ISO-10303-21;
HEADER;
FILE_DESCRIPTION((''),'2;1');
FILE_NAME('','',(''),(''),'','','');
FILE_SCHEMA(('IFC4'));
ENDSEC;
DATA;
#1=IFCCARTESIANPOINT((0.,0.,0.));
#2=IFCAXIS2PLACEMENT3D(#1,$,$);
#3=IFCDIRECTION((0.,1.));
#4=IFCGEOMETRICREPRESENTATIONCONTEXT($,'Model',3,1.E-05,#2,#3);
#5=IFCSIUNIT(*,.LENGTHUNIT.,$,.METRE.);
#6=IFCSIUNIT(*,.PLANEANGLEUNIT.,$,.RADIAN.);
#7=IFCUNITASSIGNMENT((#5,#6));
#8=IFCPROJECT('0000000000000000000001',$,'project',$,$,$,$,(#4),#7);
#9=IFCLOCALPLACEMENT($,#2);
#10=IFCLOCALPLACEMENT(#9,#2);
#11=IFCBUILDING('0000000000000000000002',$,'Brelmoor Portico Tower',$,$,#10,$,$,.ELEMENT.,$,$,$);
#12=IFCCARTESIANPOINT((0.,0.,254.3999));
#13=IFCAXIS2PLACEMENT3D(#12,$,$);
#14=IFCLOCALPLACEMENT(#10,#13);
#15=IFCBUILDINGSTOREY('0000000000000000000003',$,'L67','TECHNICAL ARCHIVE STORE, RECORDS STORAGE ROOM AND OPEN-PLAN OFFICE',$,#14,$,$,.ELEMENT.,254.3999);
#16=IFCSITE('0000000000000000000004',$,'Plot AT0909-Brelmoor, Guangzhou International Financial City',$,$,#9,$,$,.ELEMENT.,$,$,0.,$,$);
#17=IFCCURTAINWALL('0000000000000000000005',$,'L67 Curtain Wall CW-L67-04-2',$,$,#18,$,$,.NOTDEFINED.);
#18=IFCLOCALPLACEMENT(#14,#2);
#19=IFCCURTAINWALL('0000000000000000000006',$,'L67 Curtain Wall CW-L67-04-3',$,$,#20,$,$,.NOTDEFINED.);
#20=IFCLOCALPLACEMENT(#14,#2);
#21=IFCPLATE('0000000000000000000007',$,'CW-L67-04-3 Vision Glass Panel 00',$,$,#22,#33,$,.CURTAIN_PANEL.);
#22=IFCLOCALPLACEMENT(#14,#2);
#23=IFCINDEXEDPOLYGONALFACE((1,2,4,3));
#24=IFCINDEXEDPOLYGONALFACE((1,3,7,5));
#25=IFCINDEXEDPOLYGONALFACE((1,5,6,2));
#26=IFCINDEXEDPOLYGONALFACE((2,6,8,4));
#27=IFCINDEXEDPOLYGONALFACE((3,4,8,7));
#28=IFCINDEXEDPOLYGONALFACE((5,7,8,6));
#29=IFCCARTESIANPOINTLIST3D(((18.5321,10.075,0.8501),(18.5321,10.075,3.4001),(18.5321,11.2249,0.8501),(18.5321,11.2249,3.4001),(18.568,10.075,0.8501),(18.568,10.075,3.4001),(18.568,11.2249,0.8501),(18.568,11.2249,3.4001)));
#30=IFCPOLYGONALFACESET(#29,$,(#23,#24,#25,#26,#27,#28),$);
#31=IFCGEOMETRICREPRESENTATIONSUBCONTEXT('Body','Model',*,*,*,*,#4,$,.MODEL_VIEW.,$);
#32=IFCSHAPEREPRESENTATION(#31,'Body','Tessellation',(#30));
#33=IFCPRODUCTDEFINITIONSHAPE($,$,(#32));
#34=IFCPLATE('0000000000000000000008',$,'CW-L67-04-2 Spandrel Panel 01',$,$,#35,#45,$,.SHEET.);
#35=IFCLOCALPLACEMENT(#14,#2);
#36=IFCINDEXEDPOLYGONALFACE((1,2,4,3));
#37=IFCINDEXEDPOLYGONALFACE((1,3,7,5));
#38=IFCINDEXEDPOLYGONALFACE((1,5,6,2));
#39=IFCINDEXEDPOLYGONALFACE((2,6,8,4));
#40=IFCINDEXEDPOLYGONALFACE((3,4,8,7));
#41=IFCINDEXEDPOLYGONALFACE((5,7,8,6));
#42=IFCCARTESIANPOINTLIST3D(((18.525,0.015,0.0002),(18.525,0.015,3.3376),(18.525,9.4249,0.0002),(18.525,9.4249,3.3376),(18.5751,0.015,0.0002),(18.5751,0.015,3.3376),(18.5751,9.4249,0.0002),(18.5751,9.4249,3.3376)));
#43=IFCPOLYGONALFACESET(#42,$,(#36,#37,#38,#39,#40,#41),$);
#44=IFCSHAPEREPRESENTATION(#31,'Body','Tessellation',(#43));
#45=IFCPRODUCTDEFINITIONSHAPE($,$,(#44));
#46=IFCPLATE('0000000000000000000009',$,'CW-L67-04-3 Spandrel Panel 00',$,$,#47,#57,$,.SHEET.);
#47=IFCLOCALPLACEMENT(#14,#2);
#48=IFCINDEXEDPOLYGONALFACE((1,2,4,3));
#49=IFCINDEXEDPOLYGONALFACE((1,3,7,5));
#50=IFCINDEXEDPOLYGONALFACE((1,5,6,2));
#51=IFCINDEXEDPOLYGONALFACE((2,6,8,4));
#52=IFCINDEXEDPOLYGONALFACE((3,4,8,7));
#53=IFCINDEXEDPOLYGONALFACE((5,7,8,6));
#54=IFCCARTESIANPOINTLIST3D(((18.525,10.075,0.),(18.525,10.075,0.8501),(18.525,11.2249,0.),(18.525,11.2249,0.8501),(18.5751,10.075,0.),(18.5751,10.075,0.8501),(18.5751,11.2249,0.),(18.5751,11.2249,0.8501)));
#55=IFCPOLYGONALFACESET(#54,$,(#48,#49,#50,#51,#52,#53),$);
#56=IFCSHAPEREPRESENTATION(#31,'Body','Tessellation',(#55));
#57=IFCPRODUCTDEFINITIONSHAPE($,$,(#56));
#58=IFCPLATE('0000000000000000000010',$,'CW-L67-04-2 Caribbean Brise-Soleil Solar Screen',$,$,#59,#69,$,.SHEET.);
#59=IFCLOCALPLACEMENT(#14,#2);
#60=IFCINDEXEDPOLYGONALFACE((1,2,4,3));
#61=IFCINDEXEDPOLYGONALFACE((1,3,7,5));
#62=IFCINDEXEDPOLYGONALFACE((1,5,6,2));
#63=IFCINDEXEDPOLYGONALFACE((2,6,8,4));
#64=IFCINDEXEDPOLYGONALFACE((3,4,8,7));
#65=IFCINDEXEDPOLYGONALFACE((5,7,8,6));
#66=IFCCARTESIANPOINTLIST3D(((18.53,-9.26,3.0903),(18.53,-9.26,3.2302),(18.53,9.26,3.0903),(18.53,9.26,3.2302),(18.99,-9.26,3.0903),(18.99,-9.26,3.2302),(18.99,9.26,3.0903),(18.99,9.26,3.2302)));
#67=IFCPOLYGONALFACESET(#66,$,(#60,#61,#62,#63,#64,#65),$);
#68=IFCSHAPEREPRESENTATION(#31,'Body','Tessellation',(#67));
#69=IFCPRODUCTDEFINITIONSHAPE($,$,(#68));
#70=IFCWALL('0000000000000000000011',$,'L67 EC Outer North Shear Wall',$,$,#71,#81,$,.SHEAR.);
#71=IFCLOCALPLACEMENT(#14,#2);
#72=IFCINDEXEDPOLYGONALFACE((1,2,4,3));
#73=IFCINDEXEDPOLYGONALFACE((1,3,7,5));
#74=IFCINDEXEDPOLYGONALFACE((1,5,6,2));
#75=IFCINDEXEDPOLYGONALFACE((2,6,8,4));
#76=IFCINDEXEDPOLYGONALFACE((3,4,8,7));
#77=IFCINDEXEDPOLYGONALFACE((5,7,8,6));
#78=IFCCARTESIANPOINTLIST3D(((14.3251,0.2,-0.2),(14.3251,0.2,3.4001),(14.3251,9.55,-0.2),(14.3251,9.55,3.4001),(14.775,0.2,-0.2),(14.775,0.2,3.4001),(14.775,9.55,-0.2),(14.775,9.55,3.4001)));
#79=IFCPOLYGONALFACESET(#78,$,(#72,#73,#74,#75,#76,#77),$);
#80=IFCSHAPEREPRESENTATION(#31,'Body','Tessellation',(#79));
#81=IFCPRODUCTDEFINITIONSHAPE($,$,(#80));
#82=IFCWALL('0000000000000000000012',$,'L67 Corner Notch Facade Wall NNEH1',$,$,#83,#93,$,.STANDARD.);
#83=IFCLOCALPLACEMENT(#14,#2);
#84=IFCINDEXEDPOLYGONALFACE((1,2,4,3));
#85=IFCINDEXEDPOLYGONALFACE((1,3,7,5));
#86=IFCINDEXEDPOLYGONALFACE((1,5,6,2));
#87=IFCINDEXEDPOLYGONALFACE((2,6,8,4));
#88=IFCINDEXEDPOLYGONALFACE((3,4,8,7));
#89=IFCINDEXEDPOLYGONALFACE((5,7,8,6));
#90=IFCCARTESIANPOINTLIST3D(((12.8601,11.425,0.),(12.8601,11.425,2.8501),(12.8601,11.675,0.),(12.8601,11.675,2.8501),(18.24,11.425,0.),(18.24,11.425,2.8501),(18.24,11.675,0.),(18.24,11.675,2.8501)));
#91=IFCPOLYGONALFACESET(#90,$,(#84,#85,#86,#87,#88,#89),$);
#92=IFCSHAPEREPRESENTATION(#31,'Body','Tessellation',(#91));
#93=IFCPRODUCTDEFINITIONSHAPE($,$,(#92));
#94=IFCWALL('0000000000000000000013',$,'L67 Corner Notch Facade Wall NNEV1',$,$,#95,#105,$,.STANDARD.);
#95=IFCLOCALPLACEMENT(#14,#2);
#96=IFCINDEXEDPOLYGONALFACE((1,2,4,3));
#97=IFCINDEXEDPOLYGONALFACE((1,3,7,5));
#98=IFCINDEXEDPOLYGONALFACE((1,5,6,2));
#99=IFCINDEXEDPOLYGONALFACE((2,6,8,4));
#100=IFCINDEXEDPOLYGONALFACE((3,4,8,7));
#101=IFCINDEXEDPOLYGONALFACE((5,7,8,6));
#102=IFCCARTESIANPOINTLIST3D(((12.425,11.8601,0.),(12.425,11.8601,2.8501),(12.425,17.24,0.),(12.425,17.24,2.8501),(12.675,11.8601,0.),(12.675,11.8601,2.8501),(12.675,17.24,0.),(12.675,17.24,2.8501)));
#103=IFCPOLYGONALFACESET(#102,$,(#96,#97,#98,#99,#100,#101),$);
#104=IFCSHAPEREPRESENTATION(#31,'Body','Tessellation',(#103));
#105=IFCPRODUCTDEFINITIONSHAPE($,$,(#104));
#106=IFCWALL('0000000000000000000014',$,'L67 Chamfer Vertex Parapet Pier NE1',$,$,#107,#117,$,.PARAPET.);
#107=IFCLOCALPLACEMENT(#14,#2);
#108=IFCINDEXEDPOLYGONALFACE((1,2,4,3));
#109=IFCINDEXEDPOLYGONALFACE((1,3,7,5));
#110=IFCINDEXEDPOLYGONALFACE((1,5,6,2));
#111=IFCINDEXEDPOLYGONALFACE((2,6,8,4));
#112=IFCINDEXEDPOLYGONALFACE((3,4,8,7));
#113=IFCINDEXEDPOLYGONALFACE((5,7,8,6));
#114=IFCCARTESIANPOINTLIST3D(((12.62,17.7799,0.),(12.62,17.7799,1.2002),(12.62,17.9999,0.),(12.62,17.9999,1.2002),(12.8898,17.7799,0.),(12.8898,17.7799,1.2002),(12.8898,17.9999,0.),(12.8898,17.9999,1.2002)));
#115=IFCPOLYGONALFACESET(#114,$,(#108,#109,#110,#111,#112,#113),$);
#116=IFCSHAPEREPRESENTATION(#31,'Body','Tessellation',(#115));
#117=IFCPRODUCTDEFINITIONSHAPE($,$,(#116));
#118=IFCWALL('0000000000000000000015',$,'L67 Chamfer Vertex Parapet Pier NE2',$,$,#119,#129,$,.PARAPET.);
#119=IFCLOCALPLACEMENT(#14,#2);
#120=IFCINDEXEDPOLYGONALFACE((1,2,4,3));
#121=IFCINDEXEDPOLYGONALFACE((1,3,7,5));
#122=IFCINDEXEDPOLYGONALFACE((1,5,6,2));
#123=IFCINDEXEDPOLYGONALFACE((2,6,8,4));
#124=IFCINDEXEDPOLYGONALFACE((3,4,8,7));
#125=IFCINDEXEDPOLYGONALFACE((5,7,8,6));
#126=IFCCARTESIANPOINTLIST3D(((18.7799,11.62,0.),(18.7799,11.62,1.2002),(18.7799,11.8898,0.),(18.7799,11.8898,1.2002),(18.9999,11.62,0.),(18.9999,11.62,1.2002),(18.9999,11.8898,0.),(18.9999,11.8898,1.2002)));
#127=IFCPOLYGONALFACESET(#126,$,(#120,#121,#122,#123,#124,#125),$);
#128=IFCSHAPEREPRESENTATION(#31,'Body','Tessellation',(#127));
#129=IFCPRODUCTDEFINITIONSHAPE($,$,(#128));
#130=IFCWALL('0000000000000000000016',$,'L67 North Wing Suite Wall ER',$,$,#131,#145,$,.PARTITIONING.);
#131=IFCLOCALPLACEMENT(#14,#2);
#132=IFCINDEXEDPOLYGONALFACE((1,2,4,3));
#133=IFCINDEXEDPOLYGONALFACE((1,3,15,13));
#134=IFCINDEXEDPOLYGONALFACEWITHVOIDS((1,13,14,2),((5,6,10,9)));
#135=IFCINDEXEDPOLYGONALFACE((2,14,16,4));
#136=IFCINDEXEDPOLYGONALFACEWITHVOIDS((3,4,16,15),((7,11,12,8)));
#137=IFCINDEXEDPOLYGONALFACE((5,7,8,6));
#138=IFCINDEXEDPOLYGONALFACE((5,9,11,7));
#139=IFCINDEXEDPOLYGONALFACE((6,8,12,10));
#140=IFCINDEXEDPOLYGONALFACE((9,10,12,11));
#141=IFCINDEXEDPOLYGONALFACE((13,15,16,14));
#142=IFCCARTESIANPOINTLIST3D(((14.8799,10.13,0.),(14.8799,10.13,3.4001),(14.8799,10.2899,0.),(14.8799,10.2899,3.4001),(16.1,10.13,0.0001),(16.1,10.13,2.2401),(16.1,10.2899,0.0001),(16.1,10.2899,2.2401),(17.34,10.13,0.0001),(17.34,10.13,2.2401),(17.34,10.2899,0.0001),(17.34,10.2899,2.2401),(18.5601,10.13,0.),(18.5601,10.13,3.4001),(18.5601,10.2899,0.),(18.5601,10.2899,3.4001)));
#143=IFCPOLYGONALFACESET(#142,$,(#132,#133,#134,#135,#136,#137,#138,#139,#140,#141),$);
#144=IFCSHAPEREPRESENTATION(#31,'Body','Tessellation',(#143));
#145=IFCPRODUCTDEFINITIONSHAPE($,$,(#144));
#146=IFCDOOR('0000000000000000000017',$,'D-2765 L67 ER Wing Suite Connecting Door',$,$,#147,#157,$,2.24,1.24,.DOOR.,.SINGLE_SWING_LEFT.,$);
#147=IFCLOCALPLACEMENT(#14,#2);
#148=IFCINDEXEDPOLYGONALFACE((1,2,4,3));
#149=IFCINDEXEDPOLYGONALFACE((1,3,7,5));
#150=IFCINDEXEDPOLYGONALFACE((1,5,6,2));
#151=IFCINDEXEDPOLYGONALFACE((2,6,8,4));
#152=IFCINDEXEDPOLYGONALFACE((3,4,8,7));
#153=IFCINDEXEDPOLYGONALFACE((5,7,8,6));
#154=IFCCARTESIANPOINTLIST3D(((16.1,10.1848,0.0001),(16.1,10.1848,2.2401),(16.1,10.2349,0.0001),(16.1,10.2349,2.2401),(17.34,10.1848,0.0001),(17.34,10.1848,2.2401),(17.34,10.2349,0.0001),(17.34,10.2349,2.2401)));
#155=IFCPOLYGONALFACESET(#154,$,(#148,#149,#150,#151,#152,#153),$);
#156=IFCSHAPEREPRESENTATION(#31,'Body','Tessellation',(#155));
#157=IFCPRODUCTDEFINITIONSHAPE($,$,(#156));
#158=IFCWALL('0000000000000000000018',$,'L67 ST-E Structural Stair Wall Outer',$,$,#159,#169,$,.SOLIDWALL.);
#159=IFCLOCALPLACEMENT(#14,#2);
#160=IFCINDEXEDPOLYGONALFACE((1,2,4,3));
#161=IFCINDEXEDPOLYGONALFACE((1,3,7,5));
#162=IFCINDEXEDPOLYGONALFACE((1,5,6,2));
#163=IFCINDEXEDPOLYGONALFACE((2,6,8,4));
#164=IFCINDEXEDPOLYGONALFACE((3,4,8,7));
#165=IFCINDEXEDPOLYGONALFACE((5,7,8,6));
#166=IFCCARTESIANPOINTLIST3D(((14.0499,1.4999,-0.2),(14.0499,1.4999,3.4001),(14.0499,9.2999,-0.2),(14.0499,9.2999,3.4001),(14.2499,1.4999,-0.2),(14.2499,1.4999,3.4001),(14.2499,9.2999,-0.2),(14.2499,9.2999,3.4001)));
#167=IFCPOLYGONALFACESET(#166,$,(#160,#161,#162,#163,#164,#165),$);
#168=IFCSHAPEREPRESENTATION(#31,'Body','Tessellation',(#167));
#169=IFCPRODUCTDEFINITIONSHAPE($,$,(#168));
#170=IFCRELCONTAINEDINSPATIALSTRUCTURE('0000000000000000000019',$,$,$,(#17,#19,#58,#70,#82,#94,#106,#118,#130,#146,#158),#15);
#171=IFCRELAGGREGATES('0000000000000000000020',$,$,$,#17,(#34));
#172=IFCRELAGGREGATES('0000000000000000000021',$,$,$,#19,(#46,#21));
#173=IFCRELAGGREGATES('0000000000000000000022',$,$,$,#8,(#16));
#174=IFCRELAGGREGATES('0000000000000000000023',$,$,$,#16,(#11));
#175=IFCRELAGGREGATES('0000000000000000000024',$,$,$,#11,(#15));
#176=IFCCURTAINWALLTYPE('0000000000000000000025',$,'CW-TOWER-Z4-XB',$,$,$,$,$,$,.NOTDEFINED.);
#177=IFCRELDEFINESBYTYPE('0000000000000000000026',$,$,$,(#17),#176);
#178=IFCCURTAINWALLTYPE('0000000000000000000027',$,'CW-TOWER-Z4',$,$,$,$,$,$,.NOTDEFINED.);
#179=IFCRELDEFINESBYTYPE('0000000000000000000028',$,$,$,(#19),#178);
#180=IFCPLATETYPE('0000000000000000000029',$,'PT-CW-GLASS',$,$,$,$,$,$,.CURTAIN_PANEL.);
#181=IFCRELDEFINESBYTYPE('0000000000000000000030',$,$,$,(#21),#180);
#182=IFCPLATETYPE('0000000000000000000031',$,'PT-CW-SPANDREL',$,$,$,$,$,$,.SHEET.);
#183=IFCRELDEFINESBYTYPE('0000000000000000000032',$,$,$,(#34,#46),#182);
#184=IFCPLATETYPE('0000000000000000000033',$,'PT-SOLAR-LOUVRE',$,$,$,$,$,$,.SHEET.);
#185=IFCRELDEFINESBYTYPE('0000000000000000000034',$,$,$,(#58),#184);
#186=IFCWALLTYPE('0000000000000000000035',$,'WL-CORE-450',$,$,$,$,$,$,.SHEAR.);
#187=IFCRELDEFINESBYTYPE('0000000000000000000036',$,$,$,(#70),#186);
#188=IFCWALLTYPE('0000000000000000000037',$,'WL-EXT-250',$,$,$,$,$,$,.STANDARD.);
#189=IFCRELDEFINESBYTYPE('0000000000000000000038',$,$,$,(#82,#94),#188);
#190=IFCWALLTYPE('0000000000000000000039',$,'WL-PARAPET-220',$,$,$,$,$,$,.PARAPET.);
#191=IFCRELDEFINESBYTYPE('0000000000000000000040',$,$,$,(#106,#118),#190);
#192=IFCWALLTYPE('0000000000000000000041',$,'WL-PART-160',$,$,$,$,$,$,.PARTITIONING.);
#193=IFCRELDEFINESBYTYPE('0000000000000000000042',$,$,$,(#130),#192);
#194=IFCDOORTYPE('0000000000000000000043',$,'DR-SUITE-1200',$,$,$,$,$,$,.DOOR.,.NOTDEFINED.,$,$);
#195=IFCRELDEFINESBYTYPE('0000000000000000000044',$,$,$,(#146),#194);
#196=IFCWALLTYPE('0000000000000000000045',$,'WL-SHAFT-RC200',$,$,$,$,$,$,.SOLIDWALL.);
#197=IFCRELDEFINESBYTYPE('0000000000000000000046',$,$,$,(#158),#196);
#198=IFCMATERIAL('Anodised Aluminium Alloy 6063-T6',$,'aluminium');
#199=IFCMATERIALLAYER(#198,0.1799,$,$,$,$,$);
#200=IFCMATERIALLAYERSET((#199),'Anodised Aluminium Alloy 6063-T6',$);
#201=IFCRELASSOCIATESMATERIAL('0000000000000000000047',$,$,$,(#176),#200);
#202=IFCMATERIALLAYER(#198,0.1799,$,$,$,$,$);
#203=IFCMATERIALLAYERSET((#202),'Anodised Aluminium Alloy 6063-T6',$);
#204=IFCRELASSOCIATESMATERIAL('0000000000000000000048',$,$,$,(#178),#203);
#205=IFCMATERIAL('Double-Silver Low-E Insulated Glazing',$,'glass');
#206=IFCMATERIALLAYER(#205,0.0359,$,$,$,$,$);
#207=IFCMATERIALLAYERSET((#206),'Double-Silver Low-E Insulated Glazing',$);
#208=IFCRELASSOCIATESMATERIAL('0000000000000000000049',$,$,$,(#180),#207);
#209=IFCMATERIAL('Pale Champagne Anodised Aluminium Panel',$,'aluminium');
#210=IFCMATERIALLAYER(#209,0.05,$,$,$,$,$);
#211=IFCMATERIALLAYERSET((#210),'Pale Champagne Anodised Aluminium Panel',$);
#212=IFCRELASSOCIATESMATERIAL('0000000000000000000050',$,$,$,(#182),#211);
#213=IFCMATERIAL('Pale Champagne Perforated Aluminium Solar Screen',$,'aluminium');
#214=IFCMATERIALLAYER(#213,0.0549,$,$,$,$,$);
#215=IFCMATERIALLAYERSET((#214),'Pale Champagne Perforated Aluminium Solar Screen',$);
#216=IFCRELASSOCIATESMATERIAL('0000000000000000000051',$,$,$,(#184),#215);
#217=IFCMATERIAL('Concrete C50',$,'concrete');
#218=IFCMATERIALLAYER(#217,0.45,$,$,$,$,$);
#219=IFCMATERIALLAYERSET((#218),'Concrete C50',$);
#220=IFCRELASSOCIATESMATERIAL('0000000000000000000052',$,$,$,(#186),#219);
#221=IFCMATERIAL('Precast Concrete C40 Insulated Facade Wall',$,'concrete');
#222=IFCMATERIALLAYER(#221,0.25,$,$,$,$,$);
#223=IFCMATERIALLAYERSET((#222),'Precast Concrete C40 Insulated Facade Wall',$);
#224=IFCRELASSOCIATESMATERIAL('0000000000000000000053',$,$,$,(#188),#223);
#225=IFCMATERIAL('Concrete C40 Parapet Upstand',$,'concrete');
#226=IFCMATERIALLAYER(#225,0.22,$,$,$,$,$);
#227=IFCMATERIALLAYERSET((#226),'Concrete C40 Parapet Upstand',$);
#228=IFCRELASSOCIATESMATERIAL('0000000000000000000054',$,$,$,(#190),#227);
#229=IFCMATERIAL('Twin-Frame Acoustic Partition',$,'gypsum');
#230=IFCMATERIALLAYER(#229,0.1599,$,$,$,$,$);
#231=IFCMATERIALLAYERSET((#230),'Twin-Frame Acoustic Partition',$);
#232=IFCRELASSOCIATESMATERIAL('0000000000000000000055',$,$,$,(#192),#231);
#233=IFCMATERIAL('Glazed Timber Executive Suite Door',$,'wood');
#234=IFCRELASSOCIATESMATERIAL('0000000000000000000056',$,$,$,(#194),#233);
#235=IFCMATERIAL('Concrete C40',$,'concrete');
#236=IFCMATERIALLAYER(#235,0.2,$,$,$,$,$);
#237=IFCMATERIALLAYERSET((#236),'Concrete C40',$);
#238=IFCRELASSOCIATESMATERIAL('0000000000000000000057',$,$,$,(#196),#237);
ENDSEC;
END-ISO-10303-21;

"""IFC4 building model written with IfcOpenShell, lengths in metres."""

from ifc_helpers import new_model, si_unit, direction, frame, frame_2d, origin, origin_2d, place, context, subcontext, project, spatial, rectangle, extrude, material, layer, layer_set, type_object, element, fill, aggregate, save


model = new_model("IFC4")

# Units and contexts
model_context = context("Model", 3, precision=1e-05, world=origin(), true_north=direction((0.0, 1.0)))
body_context = subcontext(model_context, "Body", "Model", "MODEL_VIEW")
ifc_project = project(units=[si_unit("LENGTHUNIT", "METRE"), si_unit("PLANEANGLEUNIT", "RADIAN")], contexts=[model_context])

# Site, building, storey
site_placement = place(None, origin())
site = spatial("IfcSite", under=ifc_project, at=site_placement, Name="Plot AT0909-Brelmoor, Guangzhou International Financial City", CompositionType="ELEMENT", RefElevation=0.0)
building_placement = place(site_placement, origin())
building = spatial("IfcBuilding", under=site, at=building_placement, Name="Brelmoor Portico Tower", CompositionType="ELEMENT")
storey_placement = place(building_placement, frame((0.0, 0.0, 254.3999)))
storey = spatial("IfcBuildingStorey", under=building, at=storey_placement, Name="L67", Description="TECHNICAL ARCHIVE STORE, RECORDS STORAGE ROOM AND OPEN-PLAN OFFICE", CompositionType="ELEMENT", Elevation=254.3999)

# Shared definitions
ifc_material_1 = material(Name="Anodised Aluminium Alloy 6063-T6", Category="aluminium")
ifc_layer_1 = layer(ifc_material_1, 0.1799)
ifc_layer_set_1 = layer_set([ifc_layer_1], Name="Anodised Aluminium Alloy 6063-T6")
curtain_wall_type_1 = type_object("IfcCurtainWallType", Name="CW-TOWER-Z4-XB", PredefinedType="NOTDEFINED", material=ifc_layer_set_1)

# Curtain walls
curtain_wall_1_placement = place(storey_placement, origin())
curtain_wall_1 = element("IfcCurtainWall", 1, at=curtain_wall_1_placement, inside=storey, type_object=curtain_wall_type_1, Name="L67 Curtain Wall CW-L67-04-2", PredefinedType="NOTDEFINED")
ifc_layer_2 = layer(ifc_material_1, 0.1799)
ifc_layer_set_2 = layer_set([ifc_layer_2], Name="Anodised Aluminium Alloy 6063-T6")
curtain_wall_type_2 = type_object("IfcCurtainWallType", Name="CW-TOWER-Z4", PredefinedType="NOTDEFINED", material=ifc_layer_set_2)
curtain_wall_2_placement = place(storey_placement, origin())
curtain_wall_2 = element("IfcCurtainWall", 2, at=curtain_wall_2_placement, inside=storey, type_object=curtain_wall_type_2, Name="L67 Curtain Wall CW-L67-04-3", PredefinedType="NOTDEFINED")

# Plates
ifc_material_2 = material(Name="Double-Silver Low-E Insulated Glazing", Category="glass")
ifc_layer_3 = layer(ifc_material_2, 0.0359)
ifc_layer_set_3 = layer_set([ifc_layer_3], Name="Double-Silver Low-E Insulated Glazing")
plate_type_1 = type_object("IfcPlateType", Name="PT-CW-GLASS", PredefinedType="CURTAIN_PANEL", material=ifc_layer_set_3)
plate_1_placement = place(storey_placement, frame((18.55, 10.6499, 0.8501), z_axis=(0.0, 0.0, 1.0), x_axis=(0.0, 1.0, 0.0)))
plate_1 = element("IfcPlate", 3, at=plate_1_placement, type_object=plate_type_1, Name="CW-L67-04-3 Vision Glass Panel 00", PredefinedType="CURTAIN_PANEL", context=body_context, shape_type="SweptSolid", body=[
    extrude(rectangle(XDim=1.1499, YDim=0.0359, at=origin_2d()), origin(), (0.0, 0.0, 1.0), 2.55),
])
ifc_material_3 = material(Name="Pale Champagne Anodised Aluminium Panel", Category="aluminium")
ifc_layer_4 = layer(ifc_material_3, 0.05)
ifc_layer_set_4 = layer_set([ifc_layer_4], Name="Pale Champagne Anodised Aluminium Panel")
plate_type_2 = type_object("IfcPlateType", Name="PT-CW-SPANDREL", PredefinedType="SHEET", material=ifc_layer_set_4)
plate_2_placement = place(storey_placement, frame((18.55, 4.72, 0.0002), z_axis=(0.0, 0.0, 1.0), x_axis=(0.0, 1.0, 0.0)))
plate_2 = element("IfcPlate", 4, at=plate_2_placement, type_object=plate_type_2, Name="CW-L67-04-2 Spandrel Panel 01", PredefinedType="SHEET", context=body_context, shape_type="SweptSolid", body=[
    extrude(rectangle(XDim=9.4099, YDim=0.05, at=origin_2d()), origin(), (0.0, 0.0, 1.0), 3.3374),
])
aggregate(curtain_wall_1, [plate_2])
plate_3_placement = place(storey_placement, frame((18.55, 10.6499, 0.0), z_axis=(0.0, 0.0, 1.0), x_axis=(0.0, 1.0, 0.0)))
plate_3 = element("IfcPlate", 5, at=plate_3_placement, type_object=plate_type_2, Name="CW-L67-04-3 Spandrel Panel 00", PredefinedType="SHEET", context=body_context, shape_type="SweptSolid", body=[
    extrude(rectangle(XDim=1.1499, YDim=0.05, at=origin_2d()), origin(), (0.0, 0.0, 1.0), 0.8501),
])
aggregate(curtain_wall_2, [plate_3, plate_1])
ifc_material_4 = material(Name="Pale Champagne Perforated Aluminium Solar Screen", Category="aluminium")
ifc_layer_5 = layer(ifc_material_4, 0.0549)
ifc_layer_set_5 = layer_set([ifc_layer_5], Name="Pale Champagne Perforated Aluminium Solar Screen")
plate_type_3 = type_object("IfcPlateType", Name="PT-SOLAR-LOUVRE", PredefinedType="SHEET", material=ifc_layer_set_5)
plate_4_placement = place(storey_placement, frame((18.76, 0.0, 3.0903), z_axis=(0.0, 0.0, 1.0), x_axis=(0.0, 1.0, 0.0)))
element("IfcPlate", 6, at=plate_4_placement, inside=storey, type_object=plate_type_3, Name="CW-L67-04-2 Caribbean Brise-Soleil Solar Screen", PredefinedType="SHEET", context=body_context, shape_type="SweptSolid", body=[
    extrude(rectangle(XDim=18.52, YDim=0.46, at=origin_2d()), origin(), (0.0, 0.0, 1.0), 0.1399),
])

# Walls
ifc_material_5 = material(Name="Concrete C50", Category="concrete")
ifc_layer_6 = layer(ifc_material_5, 0.45)
ifc_layer_set_6 = layer_set([ifc_layer_6], Name="Concrete C50")
wall_type_1 = type_object("IfcWallType", Name="WL-CORE-450", PredefinedType="SHEAR", material=ifc_layer_set_6)
wall_1_placement = place(storey_placement, frame((14.55, 0.2, -0.2), z_axis=(0.0, 0.0, 1.0), x_axis=(0.0, 1.0, 0.0)))
element("IfcWall", 7, at=wall_1_placement, inside=storey, type_object=wall_type_1, Name="L67 EC Outer North Shear Wall", PredefinedType="SHEAR", context=body_context, shape_type="SweptSolid", body=[
    extrude(rectangle(XDim=9.3501, YDim=0.45, at=frame_2d((4.675, 0.0))), origin(), (0.0, 0.0, 1.0), 3.6001),
])
ifc_material_6 = material(Name="Precast Concrete C40 Insulated Facade Wall", Category="concrete")
ifc_layer_7 = layer(ifc_material_6, 0.25)
ifc_layer_set_7 = layer_set([ifc_layer_7], Name="Precast Concrete C40 Insulated Facade Wall")
wall_type_2 = type_object("IfcWallType", Name="WL-EXT-250", PredefinedType="STANDARD", material=ifc_layer_set_7)
for number, where, z_axis, x_axis, name in (
    (8, (12.8601, 11.55, 0.0), (0.0, 0.0, 1.0), (1.0, 0.0, 0.0), "L67 Corner Notch Facade Wall NNEH1"),
    (9, (12.55, 11.8601, 0.0), (0.0, 0.0, 1.0), (0.0, 1.0, 0.0), "L67 Corner Notch Facade Wall NNEV1"),
):
    element("IfcWall", number, at=place(storey_placement, frame(where, z_axis=z_axis, x_axis=x_axis)), inside=storey, type_object=wall_type_2, Name=name, PredefinedType="STANDARD", context=body_context, shape_type="SweptSolid", body=[
        extrude(rectangle(XDim=5.3799, YDim=0.25, at=frame_2d((2.6899, 0.0))), origin(), (0.0, 0.0, 1.0), 2.8501),
    ])
ifc_material_7 = material(Name="Concrete C40 Parapet Upstand", Category="concrete")
ifc_layer_8 = layer(ifc_material_7, 0.22)
ifc_layer_set_8 = layer_set([ifc_layer_8], Name="Concrete C40 Parapet Upstand")
wall_type_3 = type_object("IfcWallType", Name="WL-PARAPET-220", PredefinedType="PARAPET", material=ifc_layer_set_8)
for number, where, z_axis, x_axis, name in (
    (10, (12.6201, 17.8899, 0.0), (0.0, 0.0, 1.0), (1.0, 0.0, 0.0), "L67 Chamfer Vertex Parapet Pier NE1"),
    (11, (18.8899, 11.6201, 0.0), (0.0, 0.0, 1.0), (0.0, 1.0, 0.0), "L67 Chamfer Vertex Parapet Pier NE2"),
):
    element("IfcWall", number, at=place(storey_placement, frame(where, z_axis=z_axis, x_axis=x_axis)), inside=storey, type_object=wall_type_3, Name=name, PredefinedType="PARAPET", context=body_context, shape_type="SweptSolid", body=[
        extrude(rectangle(XDim=0.2698, YDim=0.22, at=frame_2d((0.1348, 0.0))), origin(), (0.0, 0.0, 1.0), 1.2002),
    ])

# Wall, opening, door
ifc_material_8 = material(Name="Twin-Frame Acoustic Partition", Category="gypsum")
ifc_layer_9 = layer(ifc_material_8, 0.1599)
ifc_layer_set_9 = layer_set([ifc_layer_9], Name="Twin-Frame Acoustic Partition")
wall_type_4 = type_object("IfcWallType", Name="WL-PART-160", PredefinedType="PARTITIONING", material=ifc_layer_set_9)
wall_2_placement = place(storey_placement, frame((14.8799, 10.21, 0.0), z_axis=(0.0, 0.0, 1.0), x_axis=(1.0, 0.0, 0.0)))
wall_2 = element("IfcWall", 12, at=wall_2_placement, inside=storey, type_object=wall_type_4, Name="L67 North Wing Suite Wall ER", PredefinedType="PARTITIONING", context=body_context, shape_type="SweptSolid", body=[
    extrude(rectangle(XDim=3.6802, YDim=0.1599, at=frame_2d((1.8401, 0.0))), origin(), (0.0, 0.0, 1.0), 3.4001),
])
opening_placement = place(wall_2_placement, frame((1.22, 0.0, 0.0)))
opening = element("IfcOpeningElement", 13, at=opening_placement, cuts=wall_2, PredefinedType="OPENING", context=body_context, shape_type="SweptSolid", body=[
    extrude(rectangle(XDim=1.24, YDim=2.24, at=frame_2d((0.6201, 1.1201))), frame((0.0, 0.0898, 0.0), z_axis=(0.0, -1.0, 0.0), x_axis=(1.0, 0.0, 0.0)), (0.0, 0.0, 1.0), 0.1799),
])
ifc_material_9 = material(Name="Glazed Timber Executive Suite Door", Category="wood")
door_type = type_object("IfcDoorType", Name="DR-SUITE-1200", OperationType="NOTDEFINED", PredefinedType="DOOR", material=ifc_material_9)
door_placement = place(opening_placement, origin())
door = element("IfcDoor", 14, at=door_placement, inside=storey, type_object=door_type, Name="D-2765 L67 ER Wing Suite Connecting Door", OperationType="SINGLE_SWING_LEFT", OverallHeight=2.24, OverallWidth=1.24, PredefinedType="DOOR", context=body_context, shape_type="SweptSolid", body=[
    extrude(rectangle(XDim=1.24, YDim=2.24, at=frame_2d((0.6201, 1.1201))), frame((0.0, 0.0249, 0.0), z_axis=(0.0, -1.0, 0.0), x_axis=(1.0, 0.0, 0.0)), (0.0, 0.0, 1.0), 0.05),
])
fill(opening, door)

# Wall
ifc_material_10 = material(Name="Concrete C40", Category="concrete")
ifc_layer_10 = layer(ifc_material_10, 0.2)
ifc_layer_set_10 = layer_set([ifc_layer_10], Name="Concrete C40")
wall_type_5 = type_object("IfcWallType", Name="WL-SHAFT-RC200", PredefinedType="SOLIDWALL", material=ifc_layer_set_10)
wall_3_placement = place(storey_placement, frame((14.1499, 1.5, -0.2), z_axis=(0.0, 0.0, 1.0), x_axis=(0.0, 1.0, 0.0)))
element("IfcWall", 15, at=wall_3_placement, inside=storey, type_object=wall_type_5, Name="L67 ST-E Structural Stair Wall Outer", PredefinedType="SOLIDWALL", context=body_context, shape_type="SweptSolid", body=[
    extrude(rectangle(XDim=7.8, YDim=0.2, at=frame_2d((3.8999, 0.0))), origin(), (0.0, 0.0, 1.0), 3.6001),
])

save(model, "model.ifc")
